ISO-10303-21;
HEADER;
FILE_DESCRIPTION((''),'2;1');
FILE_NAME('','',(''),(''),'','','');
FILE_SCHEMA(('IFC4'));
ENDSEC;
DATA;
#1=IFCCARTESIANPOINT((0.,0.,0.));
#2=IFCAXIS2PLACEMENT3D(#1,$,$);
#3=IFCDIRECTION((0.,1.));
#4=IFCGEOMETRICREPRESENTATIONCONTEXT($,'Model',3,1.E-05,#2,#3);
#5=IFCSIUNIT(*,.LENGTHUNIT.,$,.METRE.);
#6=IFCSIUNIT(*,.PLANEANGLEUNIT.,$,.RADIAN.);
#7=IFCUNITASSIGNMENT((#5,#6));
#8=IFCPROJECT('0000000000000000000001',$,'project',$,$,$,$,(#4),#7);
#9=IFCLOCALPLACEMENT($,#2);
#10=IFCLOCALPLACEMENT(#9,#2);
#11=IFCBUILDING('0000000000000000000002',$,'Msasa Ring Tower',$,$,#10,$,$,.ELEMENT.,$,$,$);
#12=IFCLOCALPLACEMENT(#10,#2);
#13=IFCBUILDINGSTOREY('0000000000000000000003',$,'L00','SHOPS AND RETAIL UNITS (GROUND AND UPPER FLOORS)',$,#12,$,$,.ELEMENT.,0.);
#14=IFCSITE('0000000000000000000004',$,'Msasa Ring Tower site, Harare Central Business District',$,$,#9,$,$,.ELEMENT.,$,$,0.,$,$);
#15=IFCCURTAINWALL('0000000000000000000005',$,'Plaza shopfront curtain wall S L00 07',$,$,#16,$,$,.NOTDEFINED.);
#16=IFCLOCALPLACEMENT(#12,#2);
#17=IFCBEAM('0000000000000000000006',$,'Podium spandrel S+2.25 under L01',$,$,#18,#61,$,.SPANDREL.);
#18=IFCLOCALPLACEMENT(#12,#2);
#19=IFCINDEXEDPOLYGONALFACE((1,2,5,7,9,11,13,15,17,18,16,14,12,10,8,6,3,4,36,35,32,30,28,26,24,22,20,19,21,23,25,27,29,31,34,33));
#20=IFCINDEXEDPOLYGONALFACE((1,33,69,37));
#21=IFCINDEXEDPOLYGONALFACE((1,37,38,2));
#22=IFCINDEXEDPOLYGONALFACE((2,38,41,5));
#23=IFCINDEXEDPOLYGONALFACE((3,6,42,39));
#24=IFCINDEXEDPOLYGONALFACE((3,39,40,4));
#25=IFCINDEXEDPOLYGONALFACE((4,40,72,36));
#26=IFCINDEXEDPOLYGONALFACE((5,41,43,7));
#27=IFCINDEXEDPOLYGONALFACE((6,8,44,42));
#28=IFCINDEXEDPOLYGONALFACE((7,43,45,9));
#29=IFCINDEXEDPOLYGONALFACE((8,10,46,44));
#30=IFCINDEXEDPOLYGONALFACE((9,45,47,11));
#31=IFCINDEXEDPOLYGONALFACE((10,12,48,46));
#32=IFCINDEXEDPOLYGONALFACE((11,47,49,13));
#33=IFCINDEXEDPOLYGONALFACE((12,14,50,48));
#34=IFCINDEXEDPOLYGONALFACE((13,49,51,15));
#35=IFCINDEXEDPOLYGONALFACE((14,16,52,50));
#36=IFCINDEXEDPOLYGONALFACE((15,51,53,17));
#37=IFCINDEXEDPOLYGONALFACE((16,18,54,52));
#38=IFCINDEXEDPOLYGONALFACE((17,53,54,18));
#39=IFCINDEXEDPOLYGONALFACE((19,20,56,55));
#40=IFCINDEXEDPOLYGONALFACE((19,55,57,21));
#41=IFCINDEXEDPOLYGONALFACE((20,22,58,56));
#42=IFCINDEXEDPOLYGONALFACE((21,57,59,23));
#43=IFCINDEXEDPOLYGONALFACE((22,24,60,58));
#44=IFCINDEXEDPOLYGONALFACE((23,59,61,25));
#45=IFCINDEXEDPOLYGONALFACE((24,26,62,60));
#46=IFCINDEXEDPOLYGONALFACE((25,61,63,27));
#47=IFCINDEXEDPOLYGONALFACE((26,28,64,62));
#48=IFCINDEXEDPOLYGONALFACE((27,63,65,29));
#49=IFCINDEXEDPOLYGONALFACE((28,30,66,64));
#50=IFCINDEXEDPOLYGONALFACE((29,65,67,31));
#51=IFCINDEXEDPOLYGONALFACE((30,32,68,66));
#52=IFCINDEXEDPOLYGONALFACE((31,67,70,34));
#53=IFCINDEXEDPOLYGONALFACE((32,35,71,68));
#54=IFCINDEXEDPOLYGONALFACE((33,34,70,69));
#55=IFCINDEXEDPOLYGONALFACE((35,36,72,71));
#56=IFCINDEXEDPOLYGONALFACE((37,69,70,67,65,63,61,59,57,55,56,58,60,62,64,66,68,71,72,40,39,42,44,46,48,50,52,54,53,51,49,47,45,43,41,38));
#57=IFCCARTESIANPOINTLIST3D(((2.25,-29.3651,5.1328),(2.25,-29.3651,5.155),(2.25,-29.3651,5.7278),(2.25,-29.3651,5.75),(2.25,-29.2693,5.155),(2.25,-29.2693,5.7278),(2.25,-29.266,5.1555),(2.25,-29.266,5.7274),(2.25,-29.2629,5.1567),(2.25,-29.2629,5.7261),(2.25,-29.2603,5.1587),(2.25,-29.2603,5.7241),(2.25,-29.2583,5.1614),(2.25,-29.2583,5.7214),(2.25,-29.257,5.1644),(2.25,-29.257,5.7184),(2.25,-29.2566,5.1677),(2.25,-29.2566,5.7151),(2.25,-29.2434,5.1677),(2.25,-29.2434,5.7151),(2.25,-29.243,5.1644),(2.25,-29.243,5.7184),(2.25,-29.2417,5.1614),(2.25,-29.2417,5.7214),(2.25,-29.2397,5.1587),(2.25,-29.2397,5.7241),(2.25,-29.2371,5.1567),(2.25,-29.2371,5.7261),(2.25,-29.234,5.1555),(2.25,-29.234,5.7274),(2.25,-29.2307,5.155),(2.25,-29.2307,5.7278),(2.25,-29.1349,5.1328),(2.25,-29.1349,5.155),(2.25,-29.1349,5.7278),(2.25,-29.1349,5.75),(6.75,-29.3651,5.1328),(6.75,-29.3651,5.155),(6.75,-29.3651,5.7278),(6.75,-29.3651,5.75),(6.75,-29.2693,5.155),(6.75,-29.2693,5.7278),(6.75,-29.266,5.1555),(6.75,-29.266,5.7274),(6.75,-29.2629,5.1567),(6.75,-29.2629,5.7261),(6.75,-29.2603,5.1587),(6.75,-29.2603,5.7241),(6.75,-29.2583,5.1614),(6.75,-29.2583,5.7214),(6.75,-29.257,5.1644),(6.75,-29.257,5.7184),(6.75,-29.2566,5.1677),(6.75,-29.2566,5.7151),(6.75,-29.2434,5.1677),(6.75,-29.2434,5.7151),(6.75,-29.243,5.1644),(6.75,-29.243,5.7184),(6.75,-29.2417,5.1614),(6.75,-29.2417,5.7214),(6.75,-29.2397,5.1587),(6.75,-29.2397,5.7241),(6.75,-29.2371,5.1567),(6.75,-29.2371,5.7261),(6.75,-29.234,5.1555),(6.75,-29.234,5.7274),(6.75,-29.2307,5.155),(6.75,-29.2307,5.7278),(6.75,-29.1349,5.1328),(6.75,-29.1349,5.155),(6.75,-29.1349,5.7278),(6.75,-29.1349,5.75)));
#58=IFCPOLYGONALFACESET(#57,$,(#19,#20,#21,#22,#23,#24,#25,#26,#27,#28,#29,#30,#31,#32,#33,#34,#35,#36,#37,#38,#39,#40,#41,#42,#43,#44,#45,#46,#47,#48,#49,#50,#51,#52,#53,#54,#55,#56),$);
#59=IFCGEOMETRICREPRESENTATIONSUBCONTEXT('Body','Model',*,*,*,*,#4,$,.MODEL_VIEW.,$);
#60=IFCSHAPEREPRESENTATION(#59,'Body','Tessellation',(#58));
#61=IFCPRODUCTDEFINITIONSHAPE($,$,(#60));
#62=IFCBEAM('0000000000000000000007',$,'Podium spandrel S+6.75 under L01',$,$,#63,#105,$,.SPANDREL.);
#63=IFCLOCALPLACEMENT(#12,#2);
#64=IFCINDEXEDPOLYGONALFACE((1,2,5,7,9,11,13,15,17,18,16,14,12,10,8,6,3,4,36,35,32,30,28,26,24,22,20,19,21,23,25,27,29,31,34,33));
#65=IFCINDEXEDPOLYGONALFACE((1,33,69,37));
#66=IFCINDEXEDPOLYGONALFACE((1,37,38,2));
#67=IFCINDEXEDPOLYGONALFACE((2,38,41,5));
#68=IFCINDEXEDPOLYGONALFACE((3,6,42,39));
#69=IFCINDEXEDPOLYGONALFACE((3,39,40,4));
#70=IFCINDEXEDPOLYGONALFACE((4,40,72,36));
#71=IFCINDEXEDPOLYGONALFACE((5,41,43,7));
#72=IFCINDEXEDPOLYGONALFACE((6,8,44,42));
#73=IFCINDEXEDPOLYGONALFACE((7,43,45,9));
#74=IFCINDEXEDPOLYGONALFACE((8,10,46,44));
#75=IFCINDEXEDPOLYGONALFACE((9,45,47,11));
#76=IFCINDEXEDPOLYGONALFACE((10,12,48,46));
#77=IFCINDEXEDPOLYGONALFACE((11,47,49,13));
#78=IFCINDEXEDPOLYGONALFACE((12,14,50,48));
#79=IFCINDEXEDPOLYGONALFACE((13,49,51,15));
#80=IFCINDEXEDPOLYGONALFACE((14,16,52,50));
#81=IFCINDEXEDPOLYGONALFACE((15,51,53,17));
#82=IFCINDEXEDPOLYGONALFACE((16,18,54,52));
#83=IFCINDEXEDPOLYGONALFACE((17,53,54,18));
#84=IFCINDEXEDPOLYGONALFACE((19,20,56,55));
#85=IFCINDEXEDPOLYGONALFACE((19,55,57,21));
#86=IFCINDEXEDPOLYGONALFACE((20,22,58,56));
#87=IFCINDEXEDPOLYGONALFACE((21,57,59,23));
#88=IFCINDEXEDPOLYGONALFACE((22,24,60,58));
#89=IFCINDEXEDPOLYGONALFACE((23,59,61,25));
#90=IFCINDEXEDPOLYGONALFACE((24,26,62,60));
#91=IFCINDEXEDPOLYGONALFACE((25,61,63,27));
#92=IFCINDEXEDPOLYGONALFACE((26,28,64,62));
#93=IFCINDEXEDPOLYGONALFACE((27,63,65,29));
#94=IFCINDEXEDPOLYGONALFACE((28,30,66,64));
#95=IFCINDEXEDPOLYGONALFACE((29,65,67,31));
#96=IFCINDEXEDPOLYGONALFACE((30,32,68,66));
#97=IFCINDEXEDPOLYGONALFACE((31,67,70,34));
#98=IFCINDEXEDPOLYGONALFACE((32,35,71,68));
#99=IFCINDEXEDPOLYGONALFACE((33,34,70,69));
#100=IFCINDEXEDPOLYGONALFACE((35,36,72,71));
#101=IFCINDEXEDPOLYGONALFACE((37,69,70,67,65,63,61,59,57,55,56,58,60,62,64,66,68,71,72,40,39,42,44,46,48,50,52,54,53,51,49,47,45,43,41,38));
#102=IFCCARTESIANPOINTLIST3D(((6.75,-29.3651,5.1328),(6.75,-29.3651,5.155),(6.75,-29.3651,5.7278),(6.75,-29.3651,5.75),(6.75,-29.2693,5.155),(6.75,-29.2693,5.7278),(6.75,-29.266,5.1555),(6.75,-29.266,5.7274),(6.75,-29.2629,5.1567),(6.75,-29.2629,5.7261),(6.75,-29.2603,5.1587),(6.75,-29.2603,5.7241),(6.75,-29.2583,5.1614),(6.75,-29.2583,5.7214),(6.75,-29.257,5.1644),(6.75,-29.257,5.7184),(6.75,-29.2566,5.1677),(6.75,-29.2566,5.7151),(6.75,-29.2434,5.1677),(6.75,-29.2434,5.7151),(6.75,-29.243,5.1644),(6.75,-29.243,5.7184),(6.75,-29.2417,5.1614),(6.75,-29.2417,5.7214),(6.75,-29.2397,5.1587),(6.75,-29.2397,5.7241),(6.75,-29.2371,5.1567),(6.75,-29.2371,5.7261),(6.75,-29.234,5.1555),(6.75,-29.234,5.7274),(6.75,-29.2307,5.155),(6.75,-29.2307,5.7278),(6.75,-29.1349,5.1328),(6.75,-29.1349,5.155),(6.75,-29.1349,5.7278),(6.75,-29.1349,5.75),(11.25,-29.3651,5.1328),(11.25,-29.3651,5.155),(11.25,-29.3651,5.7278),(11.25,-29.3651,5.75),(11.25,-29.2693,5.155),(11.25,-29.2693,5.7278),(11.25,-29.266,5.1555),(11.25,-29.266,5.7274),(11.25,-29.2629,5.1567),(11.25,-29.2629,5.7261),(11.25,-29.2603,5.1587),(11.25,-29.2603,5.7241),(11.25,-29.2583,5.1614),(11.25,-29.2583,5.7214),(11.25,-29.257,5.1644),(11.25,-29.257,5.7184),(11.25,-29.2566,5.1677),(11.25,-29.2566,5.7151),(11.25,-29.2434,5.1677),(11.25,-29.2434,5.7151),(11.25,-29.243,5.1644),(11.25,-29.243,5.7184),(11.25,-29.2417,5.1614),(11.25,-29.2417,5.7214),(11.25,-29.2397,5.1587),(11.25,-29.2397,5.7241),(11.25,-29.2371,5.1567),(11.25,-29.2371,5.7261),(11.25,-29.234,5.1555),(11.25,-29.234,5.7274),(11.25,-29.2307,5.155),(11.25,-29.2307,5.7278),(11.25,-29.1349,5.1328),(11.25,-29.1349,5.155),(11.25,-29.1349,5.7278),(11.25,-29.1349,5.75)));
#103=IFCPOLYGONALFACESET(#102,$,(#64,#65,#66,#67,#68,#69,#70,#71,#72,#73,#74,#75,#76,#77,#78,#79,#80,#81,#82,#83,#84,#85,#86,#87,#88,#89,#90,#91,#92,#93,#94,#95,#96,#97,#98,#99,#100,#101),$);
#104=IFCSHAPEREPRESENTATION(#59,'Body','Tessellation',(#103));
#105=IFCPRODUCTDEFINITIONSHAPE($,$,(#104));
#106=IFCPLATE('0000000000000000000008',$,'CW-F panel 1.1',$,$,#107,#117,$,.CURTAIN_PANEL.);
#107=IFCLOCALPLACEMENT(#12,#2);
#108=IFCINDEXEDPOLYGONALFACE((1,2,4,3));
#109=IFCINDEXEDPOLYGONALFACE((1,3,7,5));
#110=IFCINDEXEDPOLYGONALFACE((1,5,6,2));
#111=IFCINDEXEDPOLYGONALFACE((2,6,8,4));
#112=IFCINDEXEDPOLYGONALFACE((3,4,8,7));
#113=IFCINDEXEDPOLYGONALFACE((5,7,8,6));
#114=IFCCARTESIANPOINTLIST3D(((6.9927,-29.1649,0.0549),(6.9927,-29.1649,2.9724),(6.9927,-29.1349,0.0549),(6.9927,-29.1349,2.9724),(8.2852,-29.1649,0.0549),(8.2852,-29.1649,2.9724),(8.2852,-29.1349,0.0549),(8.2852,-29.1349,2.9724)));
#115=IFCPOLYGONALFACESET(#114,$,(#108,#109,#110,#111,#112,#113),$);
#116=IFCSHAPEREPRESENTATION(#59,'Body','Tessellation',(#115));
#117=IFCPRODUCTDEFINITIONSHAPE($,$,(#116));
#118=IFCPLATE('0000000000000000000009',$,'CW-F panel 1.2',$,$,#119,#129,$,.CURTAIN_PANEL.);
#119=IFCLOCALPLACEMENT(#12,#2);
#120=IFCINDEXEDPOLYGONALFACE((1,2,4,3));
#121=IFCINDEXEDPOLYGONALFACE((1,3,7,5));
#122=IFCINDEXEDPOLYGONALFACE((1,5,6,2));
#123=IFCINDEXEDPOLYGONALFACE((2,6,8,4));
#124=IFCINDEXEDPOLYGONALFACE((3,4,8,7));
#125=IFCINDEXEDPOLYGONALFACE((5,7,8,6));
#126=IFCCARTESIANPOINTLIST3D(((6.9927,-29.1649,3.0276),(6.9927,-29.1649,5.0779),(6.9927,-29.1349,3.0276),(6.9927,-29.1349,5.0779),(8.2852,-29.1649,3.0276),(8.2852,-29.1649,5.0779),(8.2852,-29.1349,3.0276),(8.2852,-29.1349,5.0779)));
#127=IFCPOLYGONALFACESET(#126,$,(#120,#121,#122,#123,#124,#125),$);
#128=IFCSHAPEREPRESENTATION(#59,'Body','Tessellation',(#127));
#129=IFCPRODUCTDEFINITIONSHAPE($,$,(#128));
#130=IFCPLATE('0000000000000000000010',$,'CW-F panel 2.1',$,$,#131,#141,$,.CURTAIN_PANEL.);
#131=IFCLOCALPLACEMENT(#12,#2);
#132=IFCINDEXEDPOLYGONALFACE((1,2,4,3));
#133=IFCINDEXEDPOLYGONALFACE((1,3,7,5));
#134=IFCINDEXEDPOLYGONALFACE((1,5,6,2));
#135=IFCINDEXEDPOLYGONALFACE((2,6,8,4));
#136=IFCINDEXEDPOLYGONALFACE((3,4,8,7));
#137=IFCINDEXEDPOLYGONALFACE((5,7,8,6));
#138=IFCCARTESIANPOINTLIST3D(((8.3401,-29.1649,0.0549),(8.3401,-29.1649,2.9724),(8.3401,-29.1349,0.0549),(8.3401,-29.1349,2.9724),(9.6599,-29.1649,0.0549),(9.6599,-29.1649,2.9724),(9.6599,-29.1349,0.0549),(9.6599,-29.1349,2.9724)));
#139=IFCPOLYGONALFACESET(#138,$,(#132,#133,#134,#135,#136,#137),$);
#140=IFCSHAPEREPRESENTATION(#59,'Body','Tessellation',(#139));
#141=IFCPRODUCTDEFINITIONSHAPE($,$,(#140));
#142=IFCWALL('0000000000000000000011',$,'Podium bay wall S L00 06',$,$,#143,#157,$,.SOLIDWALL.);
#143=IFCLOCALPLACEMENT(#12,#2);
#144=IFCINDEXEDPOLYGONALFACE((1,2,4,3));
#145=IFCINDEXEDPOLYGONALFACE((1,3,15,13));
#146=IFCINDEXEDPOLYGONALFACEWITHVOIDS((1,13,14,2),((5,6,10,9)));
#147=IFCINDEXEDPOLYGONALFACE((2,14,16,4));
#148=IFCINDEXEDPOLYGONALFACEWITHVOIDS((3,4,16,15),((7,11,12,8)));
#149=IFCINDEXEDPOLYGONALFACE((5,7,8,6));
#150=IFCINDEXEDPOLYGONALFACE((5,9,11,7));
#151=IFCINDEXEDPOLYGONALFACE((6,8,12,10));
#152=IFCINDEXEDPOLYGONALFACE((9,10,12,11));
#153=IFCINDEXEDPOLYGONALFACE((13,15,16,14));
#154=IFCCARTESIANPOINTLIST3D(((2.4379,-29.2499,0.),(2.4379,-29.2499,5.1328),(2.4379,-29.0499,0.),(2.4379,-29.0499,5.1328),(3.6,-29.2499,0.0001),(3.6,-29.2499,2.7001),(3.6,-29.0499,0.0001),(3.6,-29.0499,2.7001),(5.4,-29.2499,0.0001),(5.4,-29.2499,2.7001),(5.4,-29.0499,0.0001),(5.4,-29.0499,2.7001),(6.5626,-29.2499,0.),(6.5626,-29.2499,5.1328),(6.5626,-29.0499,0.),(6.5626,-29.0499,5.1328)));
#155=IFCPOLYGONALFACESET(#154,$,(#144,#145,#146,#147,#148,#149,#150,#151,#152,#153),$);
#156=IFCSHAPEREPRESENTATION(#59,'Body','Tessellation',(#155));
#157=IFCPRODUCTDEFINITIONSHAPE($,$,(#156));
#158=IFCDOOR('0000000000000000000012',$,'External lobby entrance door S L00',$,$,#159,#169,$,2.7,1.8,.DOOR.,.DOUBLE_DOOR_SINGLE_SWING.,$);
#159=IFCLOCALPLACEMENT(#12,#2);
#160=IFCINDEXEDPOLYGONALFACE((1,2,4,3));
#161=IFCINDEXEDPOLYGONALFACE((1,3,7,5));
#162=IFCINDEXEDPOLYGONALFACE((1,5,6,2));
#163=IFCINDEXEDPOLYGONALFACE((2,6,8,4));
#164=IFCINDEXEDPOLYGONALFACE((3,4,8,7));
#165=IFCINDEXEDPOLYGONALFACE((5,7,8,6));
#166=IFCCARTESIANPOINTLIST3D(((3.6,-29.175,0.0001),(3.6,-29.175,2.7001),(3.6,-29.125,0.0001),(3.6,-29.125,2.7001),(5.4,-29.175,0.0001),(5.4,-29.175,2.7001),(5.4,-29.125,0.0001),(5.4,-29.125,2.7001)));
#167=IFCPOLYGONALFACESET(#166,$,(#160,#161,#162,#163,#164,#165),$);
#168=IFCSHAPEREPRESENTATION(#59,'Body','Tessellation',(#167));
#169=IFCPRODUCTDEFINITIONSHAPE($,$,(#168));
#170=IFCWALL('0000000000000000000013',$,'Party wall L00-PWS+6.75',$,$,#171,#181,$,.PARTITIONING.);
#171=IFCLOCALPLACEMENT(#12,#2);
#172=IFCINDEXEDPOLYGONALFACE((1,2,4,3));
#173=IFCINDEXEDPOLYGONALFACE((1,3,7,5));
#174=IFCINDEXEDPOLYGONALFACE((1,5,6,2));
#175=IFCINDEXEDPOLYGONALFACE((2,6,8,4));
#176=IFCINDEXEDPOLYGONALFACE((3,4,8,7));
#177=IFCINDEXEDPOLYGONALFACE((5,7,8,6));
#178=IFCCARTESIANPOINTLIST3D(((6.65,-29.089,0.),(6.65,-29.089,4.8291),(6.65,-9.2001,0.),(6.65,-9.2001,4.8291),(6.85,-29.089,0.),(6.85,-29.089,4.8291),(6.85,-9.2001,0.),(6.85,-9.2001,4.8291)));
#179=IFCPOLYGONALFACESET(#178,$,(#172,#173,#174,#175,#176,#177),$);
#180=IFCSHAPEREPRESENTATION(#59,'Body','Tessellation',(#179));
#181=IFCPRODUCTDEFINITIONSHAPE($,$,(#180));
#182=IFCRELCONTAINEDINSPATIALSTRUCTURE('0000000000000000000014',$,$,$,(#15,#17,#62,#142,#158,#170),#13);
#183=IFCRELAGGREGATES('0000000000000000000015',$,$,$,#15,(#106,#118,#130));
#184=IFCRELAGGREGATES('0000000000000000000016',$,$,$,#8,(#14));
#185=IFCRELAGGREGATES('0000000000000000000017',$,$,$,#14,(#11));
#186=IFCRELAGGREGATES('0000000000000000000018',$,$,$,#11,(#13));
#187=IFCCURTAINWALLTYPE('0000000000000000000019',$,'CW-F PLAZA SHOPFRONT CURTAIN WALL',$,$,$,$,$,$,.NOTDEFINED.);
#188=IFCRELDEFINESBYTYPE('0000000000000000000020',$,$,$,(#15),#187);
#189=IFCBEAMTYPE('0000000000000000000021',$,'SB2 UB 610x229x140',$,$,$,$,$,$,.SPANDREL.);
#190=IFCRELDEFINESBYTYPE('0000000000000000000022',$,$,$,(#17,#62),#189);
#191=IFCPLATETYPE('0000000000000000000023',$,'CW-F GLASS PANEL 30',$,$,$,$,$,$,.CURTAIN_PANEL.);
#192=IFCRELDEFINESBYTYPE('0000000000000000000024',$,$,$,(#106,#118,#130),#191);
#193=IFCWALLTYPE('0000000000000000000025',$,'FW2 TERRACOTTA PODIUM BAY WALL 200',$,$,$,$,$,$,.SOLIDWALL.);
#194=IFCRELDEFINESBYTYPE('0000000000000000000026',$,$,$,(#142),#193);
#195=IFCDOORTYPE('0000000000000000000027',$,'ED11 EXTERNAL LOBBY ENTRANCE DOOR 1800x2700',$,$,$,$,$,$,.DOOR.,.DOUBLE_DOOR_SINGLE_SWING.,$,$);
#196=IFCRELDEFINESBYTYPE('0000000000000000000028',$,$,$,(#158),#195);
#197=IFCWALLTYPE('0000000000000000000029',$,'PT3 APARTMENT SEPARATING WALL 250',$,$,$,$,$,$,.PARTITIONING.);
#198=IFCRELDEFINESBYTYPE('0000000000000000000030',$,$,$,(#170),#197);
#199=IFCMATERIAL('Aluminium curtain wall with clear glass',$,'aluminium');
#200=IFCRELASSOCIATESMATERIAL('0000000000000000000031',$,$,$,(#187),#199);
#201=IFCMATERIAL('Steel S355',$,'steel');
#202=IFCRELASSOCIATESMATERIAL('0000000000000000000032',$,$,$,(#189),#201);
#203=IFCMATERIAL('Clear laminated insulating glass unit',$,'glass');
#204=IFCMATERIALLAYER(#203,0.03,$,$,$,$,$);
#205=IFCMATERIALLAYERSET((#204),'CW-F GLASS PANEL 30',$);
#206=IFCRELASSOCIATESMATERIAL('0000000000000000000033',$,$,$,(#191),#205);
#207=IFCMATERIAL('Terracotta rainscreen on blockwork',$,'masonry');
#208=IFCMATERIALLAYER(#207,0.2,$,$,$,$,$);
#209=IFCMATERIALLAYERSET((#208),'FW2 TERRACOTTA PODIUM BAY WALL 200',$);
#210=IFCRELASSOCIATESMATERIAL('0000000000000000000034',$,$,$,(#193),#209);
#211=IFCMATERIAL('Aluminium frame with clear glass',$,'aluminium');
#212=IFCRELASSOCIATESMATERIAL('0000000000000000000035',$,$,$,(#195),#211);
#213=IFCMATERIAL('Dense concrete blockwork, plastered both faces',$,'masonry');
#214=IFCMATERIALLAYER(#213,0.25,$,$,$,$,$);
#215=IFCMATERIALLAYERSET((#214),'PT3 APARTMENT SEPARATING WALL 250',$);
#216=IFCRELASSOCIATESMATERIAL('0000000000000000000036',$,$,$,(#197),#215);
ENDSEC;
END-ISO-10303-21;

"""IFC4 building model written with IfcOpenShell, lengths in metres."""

from ifc_helpers import new_model, si_unit, direction, frame, frame_2d, origin, origin_2d, place, context, subcontext, project, spatial, rectangle, i_section, extrude, material, layer, layer_set, material_profile, profile_set, type_object, element, fill, aggregate, save


model = new_model("IFC4")

# Units and contexts
model_context = context("Model", 3, precision=1e-05, world=origin(), true_north=direction((0.0, 1.0)))
body_context = subcontext(model_context, "Body", "Model", "MODEL_VIEW")
ifc_project = project(units=[si_unit("LENGTHUNIT", "METRE"), si_unit("PLANEANGLEUNIT", "RADIAN")], contexts=[model_context])

# Site, building, storey
site_placement = place(None, origin())
site = spatial("IfcSite", under=ifc_project, at=site_placement, Name="Msasa Ring Tower site, Harare Central Business District", CompositionType="ELEMENT", RefElevation=0.0)
building_placement = place(site_placement, origin())
building = spatial("IfcBuilding", under=site, at=building_placement, Name="Msasa Ring Tower", CompositionType="ELEMENT")
storey_placement = place(building_placement, origin())
storey = spatial("IfcBuildingStorey", under=building, at=storey_placement, Name="L00", Description="SHOPS AND RETAIL UNITS (GROUND AND UPPER FLOORS)", CompositionType="ELEMENT", Elevation=0.0)

# Curtain wall
ifc_material_1 = material(Name="Aluminium curtain wall with clear glass", Category="aluminium")
curtain_wall_type = type_object("IfcCurtainWallType", Name="CW-F PLAZA SHOPFRONT CURTAIN WALL", PredefinedType="NOTDEFINED", material=ifc_material_1)
curtain_wall_placement = place(storey_placement, origin())
curtain_wall = element("IfcCurtainWall", 1, at=curtain_wall_placement, inside=storey, type_object=curtain_wall_type, Name="Plaza shopfront curtain wall S L00 07", PredefinedType="NOTDEFINED")

# Beams
ifc_material_2 = material(Name="Steel S355", Category="steel")
ifc_material_profile_1 = material_profile(ifc_material_2, i_section(OverallWidth=0.2302, OverallDepth=0.6172, WebThickness=0.0132, FlangeThickness=0.0222, FilletRadius=0.0127, at=origin_2d()), Name="UB 610x229x140")
ifc_profile_set_1 = profile_set([ifc_material_profile_1], Name="Steel S355")
beam_type_1 = type_object("IfcBeamType", Name="SB2 UB 610x229x140", PredefinedType="SPANDREL", material=ifc_profile_set_1)
for number, where, z_axis, x_axis, name in (
    (2, (2.25, -29.25, 5.4414), (1.0, 0.0, 0.0), (0.0, 1.0, 0.0), "Podium spandrel S+2.25 under L01"),
    (3, (6.75, -29.25, 5.4414), (1.0, 0.0, 0.0), (0.0, 1.0, 0.0), "Podium spandrel S+6.75 under L01"),
):
    element("IfcBeam", number, at=place(storey_placement, frame(where, z_axis=z_axis, x_axis=x_axis)), inside=storey, type_object=beam_type_1, Name=name, PredefinedType="SPANDREL", context=body_context, shape_type="SweptSolid", body=[
        extrude(i_section(OverallWidth=0.2302, OverallDepth=0.6172, WebThickness=0.0132, FlangeThickness=0.0222, FilletRadius=0.0127, at=origin_2d()), origin(), (0.0, 0.0, 1.0), 4.5),
    ])

# Plates
ifc_material_3 = material(Name="Clear laminated insulating glass unit", Category="glass")
ifc_layer_1 = layer(ifc_material_3, 0.03)
ifc_layer_set_1 = layer_set([ifc_layer_1], Name="CW-F GLASS PANEL 30")
plate_type = type_object("IfcPlateType", Name="CW-F GLASS PANEL 30", PredefinedType="CURTAIN_PANEL", material=ifc_layer_set_1)
plate_1_placement = place(storey_placement, frame((7.6389, -29.1499, 0.0549), z_axis=(0.0, 0.0, 1.0), x_axis=(1.0, 0.0, 0.0)))
plate_1 = element("IfcPlate", 4, at=plate_1_placement, type_object=plate_type, Name="CW-F panel 1.1", PredefinedType="CURTAIN_PANEL", context=body_context, shape_type="SweptSolid", body=[
    extrude(rectangle(XDim=1.2925, YDim=0.03, at=origin_2d()), origin(), (0.0, 0.0, 1.0), 2.9175),
])
plate_2_placement = place(storey_placement, frame((7.6389, -29.1499, 3.0276), z_axis=(0.0, 0.0, 1.0), x_axis=(1.0, 0.0, 0.0)))
plate_2 = element("IfcPlate", 5, at=plate_2_placement, type_object=plate_type, Name="CW-F panel 1.2", PredefinedType="CURTAIN_PANEL", context=body_context, shape_type="SweptSolid", body=[
    extrude(rectangle(XDim=1.2925, YDim=0.03, at=origin_2d()), origin(), (0.0, 0.0, 1.0), 2.0503),
])
plate_3_placement = place(storey_placement, frame((9.0, -29.1499, 0.0549), z_axis=(0.0, 0.0, 1.0), x_axis=(1.0, 0.0, 0.0)))
plate_3 = element("IfcPlate", 6, at=plate_3_placement, type_object=plate_type, Name="CW-F panel 2.1", PredefinedType="CURTAIN_PANEL", context=body_context, shape_type="SweptSolid", body=[
    extrude(rectangle(XDim=1.3198, YDim=0.03, at=origin_2d()), origin(), (0.0, 0.0, 1.0), 2.9175),
])
aggregate(curtain_wall, [plate_1, plate_2, plate_3])

# Wall, opening, door
ifc_material_4 = material(Name="Terracotta rainscreen on blockwork", Category="masonry")
ifc_layer_2 = layer(ifc_material_4, 0.2)
ifc_layer_set_2 = layer_set([ifc_layer_2], Name="FW2 TERRACOTTA PODIUM BAY WALL 200")
wall_type_1 = type_object("IfcWallType", Name="FW2 TERRACOTTA PODIUM BAY WALL 200", PredefinedType="SOLIDWALL", material=ifc_layer_set_2)
wall_1_placement = place(storey_placement, frame((2.4377, -29.1499, 0.0), z_axis=(0.0, 0.0, 1.0), x_axis=(1.0, 0.0, 0.0)))
wall_1 = element("IfcWall", 7, at=wall_1_placement, inside=storey, type_object=wall_type_1, Name="Podium bay wall S L00 06", PredefinedType="SOLIDWALL", context=body_context, shape_type="SweptSolid", body=[
    extrude(rectangle(XDim=4.1248, YDim=0.2, at=frame_2d((2.0625, 0.0))), origin(), (0.0, 0.0, 1.0), 5.1328),
])
opening_placement = place(wall_1_placement, frame((1.1624, 0.0, 0.0)))
opening = element("IfcOpeningElement", 8, at=opening_placement, cuts=wall_1, PredefinedType="OPENING", context=body_context, shape_type="SweptSolid", body=[
    extrude(rectangle(XDim=1.8, YDim=2.7, at=frame_2d((0.8999, 1.3501))), frame((0.0, 0.1099, 0.0), z_axis=(0.0, -1.0, 0.0), x_axis=(1.0, 0.0, 0.0)), (0.0, 0.0, 1.0), 0.22),
])
ifc_material_5 = material(Name="Aluminium frame with clear glass", Category="aluminium")
door_type = type_object("IfcDoorType", Name="ED11 EXTERNAL LOBBY ENTRANCE DOOR 1800x2700", OperationType="DOUBLE_DOOR_SINGLE_SWING", PredefinedType="DOOR", material=ifc_material_5)
door_placement = place(opening_placement, origin())
door = element("IfcDoor", 9, at=door_placement, inside=storey, type_object=door_type, Name="External lobby entrance door S L00", OperationType="DOUBLE_DOOR_SINGLE_SWING", OverallHeight=2.7, OverallWidth=1.8, PredefinedType="DOOR", context=body_context, shape_type="SweptSolid", body=[
    extrude(rectangle(XDim=1.8, YDim=2.7, at=frame_2d((0.8999, 1.3501))), frame((0.0, 0.0249, 0.0), z_axis=(0.0, -1.0, 0.0), x_axis=(1.0, 0.0, 0.0)), (0.0, 0.0, 1.0), 0.05),
])
fill(opening, door)

# Wall
ifc_material_6 = material(Name="Dense concrete blockwork, plastered both faces", Category="masonry")
ifc_layer_3 = layer(ifc_material_6, 0.25)
ifc_layer_set_3 = layer_set([ifc_layer_3], Name="PT3 APARTMENT SEPARATING WALL 250")
wall_type_2 = type_object("IfcWallType", Name="PT3 APARTMENT SEPARATING WALL 250", PredefinedType="PARTITIONING", material=ifc_layer_set_3)
wall_2_placement = place(storey_placement, frame((6.75, -29.0889, 0.0), z_axis=(0.0, 0.0, 1.0), x_axis=(0.0, 1.0, 0.0)))
element("IfcWall", 10, at=wall_2_placement, inside=storey, type_object=wall_type_2, Name="Party wall L00-PWS+6.75", PredefinedType="PARTITIONING", context=body_context, shape_type="SweptSolid", body=[
    extrude(rectangle(XDim=19.8889, YDim=0.2, at=frame_2d((9.9443, 0.0))), origin(), (0.0, 0.0, 1.0), 4.8291),
])

save(model, "model.ifc")
